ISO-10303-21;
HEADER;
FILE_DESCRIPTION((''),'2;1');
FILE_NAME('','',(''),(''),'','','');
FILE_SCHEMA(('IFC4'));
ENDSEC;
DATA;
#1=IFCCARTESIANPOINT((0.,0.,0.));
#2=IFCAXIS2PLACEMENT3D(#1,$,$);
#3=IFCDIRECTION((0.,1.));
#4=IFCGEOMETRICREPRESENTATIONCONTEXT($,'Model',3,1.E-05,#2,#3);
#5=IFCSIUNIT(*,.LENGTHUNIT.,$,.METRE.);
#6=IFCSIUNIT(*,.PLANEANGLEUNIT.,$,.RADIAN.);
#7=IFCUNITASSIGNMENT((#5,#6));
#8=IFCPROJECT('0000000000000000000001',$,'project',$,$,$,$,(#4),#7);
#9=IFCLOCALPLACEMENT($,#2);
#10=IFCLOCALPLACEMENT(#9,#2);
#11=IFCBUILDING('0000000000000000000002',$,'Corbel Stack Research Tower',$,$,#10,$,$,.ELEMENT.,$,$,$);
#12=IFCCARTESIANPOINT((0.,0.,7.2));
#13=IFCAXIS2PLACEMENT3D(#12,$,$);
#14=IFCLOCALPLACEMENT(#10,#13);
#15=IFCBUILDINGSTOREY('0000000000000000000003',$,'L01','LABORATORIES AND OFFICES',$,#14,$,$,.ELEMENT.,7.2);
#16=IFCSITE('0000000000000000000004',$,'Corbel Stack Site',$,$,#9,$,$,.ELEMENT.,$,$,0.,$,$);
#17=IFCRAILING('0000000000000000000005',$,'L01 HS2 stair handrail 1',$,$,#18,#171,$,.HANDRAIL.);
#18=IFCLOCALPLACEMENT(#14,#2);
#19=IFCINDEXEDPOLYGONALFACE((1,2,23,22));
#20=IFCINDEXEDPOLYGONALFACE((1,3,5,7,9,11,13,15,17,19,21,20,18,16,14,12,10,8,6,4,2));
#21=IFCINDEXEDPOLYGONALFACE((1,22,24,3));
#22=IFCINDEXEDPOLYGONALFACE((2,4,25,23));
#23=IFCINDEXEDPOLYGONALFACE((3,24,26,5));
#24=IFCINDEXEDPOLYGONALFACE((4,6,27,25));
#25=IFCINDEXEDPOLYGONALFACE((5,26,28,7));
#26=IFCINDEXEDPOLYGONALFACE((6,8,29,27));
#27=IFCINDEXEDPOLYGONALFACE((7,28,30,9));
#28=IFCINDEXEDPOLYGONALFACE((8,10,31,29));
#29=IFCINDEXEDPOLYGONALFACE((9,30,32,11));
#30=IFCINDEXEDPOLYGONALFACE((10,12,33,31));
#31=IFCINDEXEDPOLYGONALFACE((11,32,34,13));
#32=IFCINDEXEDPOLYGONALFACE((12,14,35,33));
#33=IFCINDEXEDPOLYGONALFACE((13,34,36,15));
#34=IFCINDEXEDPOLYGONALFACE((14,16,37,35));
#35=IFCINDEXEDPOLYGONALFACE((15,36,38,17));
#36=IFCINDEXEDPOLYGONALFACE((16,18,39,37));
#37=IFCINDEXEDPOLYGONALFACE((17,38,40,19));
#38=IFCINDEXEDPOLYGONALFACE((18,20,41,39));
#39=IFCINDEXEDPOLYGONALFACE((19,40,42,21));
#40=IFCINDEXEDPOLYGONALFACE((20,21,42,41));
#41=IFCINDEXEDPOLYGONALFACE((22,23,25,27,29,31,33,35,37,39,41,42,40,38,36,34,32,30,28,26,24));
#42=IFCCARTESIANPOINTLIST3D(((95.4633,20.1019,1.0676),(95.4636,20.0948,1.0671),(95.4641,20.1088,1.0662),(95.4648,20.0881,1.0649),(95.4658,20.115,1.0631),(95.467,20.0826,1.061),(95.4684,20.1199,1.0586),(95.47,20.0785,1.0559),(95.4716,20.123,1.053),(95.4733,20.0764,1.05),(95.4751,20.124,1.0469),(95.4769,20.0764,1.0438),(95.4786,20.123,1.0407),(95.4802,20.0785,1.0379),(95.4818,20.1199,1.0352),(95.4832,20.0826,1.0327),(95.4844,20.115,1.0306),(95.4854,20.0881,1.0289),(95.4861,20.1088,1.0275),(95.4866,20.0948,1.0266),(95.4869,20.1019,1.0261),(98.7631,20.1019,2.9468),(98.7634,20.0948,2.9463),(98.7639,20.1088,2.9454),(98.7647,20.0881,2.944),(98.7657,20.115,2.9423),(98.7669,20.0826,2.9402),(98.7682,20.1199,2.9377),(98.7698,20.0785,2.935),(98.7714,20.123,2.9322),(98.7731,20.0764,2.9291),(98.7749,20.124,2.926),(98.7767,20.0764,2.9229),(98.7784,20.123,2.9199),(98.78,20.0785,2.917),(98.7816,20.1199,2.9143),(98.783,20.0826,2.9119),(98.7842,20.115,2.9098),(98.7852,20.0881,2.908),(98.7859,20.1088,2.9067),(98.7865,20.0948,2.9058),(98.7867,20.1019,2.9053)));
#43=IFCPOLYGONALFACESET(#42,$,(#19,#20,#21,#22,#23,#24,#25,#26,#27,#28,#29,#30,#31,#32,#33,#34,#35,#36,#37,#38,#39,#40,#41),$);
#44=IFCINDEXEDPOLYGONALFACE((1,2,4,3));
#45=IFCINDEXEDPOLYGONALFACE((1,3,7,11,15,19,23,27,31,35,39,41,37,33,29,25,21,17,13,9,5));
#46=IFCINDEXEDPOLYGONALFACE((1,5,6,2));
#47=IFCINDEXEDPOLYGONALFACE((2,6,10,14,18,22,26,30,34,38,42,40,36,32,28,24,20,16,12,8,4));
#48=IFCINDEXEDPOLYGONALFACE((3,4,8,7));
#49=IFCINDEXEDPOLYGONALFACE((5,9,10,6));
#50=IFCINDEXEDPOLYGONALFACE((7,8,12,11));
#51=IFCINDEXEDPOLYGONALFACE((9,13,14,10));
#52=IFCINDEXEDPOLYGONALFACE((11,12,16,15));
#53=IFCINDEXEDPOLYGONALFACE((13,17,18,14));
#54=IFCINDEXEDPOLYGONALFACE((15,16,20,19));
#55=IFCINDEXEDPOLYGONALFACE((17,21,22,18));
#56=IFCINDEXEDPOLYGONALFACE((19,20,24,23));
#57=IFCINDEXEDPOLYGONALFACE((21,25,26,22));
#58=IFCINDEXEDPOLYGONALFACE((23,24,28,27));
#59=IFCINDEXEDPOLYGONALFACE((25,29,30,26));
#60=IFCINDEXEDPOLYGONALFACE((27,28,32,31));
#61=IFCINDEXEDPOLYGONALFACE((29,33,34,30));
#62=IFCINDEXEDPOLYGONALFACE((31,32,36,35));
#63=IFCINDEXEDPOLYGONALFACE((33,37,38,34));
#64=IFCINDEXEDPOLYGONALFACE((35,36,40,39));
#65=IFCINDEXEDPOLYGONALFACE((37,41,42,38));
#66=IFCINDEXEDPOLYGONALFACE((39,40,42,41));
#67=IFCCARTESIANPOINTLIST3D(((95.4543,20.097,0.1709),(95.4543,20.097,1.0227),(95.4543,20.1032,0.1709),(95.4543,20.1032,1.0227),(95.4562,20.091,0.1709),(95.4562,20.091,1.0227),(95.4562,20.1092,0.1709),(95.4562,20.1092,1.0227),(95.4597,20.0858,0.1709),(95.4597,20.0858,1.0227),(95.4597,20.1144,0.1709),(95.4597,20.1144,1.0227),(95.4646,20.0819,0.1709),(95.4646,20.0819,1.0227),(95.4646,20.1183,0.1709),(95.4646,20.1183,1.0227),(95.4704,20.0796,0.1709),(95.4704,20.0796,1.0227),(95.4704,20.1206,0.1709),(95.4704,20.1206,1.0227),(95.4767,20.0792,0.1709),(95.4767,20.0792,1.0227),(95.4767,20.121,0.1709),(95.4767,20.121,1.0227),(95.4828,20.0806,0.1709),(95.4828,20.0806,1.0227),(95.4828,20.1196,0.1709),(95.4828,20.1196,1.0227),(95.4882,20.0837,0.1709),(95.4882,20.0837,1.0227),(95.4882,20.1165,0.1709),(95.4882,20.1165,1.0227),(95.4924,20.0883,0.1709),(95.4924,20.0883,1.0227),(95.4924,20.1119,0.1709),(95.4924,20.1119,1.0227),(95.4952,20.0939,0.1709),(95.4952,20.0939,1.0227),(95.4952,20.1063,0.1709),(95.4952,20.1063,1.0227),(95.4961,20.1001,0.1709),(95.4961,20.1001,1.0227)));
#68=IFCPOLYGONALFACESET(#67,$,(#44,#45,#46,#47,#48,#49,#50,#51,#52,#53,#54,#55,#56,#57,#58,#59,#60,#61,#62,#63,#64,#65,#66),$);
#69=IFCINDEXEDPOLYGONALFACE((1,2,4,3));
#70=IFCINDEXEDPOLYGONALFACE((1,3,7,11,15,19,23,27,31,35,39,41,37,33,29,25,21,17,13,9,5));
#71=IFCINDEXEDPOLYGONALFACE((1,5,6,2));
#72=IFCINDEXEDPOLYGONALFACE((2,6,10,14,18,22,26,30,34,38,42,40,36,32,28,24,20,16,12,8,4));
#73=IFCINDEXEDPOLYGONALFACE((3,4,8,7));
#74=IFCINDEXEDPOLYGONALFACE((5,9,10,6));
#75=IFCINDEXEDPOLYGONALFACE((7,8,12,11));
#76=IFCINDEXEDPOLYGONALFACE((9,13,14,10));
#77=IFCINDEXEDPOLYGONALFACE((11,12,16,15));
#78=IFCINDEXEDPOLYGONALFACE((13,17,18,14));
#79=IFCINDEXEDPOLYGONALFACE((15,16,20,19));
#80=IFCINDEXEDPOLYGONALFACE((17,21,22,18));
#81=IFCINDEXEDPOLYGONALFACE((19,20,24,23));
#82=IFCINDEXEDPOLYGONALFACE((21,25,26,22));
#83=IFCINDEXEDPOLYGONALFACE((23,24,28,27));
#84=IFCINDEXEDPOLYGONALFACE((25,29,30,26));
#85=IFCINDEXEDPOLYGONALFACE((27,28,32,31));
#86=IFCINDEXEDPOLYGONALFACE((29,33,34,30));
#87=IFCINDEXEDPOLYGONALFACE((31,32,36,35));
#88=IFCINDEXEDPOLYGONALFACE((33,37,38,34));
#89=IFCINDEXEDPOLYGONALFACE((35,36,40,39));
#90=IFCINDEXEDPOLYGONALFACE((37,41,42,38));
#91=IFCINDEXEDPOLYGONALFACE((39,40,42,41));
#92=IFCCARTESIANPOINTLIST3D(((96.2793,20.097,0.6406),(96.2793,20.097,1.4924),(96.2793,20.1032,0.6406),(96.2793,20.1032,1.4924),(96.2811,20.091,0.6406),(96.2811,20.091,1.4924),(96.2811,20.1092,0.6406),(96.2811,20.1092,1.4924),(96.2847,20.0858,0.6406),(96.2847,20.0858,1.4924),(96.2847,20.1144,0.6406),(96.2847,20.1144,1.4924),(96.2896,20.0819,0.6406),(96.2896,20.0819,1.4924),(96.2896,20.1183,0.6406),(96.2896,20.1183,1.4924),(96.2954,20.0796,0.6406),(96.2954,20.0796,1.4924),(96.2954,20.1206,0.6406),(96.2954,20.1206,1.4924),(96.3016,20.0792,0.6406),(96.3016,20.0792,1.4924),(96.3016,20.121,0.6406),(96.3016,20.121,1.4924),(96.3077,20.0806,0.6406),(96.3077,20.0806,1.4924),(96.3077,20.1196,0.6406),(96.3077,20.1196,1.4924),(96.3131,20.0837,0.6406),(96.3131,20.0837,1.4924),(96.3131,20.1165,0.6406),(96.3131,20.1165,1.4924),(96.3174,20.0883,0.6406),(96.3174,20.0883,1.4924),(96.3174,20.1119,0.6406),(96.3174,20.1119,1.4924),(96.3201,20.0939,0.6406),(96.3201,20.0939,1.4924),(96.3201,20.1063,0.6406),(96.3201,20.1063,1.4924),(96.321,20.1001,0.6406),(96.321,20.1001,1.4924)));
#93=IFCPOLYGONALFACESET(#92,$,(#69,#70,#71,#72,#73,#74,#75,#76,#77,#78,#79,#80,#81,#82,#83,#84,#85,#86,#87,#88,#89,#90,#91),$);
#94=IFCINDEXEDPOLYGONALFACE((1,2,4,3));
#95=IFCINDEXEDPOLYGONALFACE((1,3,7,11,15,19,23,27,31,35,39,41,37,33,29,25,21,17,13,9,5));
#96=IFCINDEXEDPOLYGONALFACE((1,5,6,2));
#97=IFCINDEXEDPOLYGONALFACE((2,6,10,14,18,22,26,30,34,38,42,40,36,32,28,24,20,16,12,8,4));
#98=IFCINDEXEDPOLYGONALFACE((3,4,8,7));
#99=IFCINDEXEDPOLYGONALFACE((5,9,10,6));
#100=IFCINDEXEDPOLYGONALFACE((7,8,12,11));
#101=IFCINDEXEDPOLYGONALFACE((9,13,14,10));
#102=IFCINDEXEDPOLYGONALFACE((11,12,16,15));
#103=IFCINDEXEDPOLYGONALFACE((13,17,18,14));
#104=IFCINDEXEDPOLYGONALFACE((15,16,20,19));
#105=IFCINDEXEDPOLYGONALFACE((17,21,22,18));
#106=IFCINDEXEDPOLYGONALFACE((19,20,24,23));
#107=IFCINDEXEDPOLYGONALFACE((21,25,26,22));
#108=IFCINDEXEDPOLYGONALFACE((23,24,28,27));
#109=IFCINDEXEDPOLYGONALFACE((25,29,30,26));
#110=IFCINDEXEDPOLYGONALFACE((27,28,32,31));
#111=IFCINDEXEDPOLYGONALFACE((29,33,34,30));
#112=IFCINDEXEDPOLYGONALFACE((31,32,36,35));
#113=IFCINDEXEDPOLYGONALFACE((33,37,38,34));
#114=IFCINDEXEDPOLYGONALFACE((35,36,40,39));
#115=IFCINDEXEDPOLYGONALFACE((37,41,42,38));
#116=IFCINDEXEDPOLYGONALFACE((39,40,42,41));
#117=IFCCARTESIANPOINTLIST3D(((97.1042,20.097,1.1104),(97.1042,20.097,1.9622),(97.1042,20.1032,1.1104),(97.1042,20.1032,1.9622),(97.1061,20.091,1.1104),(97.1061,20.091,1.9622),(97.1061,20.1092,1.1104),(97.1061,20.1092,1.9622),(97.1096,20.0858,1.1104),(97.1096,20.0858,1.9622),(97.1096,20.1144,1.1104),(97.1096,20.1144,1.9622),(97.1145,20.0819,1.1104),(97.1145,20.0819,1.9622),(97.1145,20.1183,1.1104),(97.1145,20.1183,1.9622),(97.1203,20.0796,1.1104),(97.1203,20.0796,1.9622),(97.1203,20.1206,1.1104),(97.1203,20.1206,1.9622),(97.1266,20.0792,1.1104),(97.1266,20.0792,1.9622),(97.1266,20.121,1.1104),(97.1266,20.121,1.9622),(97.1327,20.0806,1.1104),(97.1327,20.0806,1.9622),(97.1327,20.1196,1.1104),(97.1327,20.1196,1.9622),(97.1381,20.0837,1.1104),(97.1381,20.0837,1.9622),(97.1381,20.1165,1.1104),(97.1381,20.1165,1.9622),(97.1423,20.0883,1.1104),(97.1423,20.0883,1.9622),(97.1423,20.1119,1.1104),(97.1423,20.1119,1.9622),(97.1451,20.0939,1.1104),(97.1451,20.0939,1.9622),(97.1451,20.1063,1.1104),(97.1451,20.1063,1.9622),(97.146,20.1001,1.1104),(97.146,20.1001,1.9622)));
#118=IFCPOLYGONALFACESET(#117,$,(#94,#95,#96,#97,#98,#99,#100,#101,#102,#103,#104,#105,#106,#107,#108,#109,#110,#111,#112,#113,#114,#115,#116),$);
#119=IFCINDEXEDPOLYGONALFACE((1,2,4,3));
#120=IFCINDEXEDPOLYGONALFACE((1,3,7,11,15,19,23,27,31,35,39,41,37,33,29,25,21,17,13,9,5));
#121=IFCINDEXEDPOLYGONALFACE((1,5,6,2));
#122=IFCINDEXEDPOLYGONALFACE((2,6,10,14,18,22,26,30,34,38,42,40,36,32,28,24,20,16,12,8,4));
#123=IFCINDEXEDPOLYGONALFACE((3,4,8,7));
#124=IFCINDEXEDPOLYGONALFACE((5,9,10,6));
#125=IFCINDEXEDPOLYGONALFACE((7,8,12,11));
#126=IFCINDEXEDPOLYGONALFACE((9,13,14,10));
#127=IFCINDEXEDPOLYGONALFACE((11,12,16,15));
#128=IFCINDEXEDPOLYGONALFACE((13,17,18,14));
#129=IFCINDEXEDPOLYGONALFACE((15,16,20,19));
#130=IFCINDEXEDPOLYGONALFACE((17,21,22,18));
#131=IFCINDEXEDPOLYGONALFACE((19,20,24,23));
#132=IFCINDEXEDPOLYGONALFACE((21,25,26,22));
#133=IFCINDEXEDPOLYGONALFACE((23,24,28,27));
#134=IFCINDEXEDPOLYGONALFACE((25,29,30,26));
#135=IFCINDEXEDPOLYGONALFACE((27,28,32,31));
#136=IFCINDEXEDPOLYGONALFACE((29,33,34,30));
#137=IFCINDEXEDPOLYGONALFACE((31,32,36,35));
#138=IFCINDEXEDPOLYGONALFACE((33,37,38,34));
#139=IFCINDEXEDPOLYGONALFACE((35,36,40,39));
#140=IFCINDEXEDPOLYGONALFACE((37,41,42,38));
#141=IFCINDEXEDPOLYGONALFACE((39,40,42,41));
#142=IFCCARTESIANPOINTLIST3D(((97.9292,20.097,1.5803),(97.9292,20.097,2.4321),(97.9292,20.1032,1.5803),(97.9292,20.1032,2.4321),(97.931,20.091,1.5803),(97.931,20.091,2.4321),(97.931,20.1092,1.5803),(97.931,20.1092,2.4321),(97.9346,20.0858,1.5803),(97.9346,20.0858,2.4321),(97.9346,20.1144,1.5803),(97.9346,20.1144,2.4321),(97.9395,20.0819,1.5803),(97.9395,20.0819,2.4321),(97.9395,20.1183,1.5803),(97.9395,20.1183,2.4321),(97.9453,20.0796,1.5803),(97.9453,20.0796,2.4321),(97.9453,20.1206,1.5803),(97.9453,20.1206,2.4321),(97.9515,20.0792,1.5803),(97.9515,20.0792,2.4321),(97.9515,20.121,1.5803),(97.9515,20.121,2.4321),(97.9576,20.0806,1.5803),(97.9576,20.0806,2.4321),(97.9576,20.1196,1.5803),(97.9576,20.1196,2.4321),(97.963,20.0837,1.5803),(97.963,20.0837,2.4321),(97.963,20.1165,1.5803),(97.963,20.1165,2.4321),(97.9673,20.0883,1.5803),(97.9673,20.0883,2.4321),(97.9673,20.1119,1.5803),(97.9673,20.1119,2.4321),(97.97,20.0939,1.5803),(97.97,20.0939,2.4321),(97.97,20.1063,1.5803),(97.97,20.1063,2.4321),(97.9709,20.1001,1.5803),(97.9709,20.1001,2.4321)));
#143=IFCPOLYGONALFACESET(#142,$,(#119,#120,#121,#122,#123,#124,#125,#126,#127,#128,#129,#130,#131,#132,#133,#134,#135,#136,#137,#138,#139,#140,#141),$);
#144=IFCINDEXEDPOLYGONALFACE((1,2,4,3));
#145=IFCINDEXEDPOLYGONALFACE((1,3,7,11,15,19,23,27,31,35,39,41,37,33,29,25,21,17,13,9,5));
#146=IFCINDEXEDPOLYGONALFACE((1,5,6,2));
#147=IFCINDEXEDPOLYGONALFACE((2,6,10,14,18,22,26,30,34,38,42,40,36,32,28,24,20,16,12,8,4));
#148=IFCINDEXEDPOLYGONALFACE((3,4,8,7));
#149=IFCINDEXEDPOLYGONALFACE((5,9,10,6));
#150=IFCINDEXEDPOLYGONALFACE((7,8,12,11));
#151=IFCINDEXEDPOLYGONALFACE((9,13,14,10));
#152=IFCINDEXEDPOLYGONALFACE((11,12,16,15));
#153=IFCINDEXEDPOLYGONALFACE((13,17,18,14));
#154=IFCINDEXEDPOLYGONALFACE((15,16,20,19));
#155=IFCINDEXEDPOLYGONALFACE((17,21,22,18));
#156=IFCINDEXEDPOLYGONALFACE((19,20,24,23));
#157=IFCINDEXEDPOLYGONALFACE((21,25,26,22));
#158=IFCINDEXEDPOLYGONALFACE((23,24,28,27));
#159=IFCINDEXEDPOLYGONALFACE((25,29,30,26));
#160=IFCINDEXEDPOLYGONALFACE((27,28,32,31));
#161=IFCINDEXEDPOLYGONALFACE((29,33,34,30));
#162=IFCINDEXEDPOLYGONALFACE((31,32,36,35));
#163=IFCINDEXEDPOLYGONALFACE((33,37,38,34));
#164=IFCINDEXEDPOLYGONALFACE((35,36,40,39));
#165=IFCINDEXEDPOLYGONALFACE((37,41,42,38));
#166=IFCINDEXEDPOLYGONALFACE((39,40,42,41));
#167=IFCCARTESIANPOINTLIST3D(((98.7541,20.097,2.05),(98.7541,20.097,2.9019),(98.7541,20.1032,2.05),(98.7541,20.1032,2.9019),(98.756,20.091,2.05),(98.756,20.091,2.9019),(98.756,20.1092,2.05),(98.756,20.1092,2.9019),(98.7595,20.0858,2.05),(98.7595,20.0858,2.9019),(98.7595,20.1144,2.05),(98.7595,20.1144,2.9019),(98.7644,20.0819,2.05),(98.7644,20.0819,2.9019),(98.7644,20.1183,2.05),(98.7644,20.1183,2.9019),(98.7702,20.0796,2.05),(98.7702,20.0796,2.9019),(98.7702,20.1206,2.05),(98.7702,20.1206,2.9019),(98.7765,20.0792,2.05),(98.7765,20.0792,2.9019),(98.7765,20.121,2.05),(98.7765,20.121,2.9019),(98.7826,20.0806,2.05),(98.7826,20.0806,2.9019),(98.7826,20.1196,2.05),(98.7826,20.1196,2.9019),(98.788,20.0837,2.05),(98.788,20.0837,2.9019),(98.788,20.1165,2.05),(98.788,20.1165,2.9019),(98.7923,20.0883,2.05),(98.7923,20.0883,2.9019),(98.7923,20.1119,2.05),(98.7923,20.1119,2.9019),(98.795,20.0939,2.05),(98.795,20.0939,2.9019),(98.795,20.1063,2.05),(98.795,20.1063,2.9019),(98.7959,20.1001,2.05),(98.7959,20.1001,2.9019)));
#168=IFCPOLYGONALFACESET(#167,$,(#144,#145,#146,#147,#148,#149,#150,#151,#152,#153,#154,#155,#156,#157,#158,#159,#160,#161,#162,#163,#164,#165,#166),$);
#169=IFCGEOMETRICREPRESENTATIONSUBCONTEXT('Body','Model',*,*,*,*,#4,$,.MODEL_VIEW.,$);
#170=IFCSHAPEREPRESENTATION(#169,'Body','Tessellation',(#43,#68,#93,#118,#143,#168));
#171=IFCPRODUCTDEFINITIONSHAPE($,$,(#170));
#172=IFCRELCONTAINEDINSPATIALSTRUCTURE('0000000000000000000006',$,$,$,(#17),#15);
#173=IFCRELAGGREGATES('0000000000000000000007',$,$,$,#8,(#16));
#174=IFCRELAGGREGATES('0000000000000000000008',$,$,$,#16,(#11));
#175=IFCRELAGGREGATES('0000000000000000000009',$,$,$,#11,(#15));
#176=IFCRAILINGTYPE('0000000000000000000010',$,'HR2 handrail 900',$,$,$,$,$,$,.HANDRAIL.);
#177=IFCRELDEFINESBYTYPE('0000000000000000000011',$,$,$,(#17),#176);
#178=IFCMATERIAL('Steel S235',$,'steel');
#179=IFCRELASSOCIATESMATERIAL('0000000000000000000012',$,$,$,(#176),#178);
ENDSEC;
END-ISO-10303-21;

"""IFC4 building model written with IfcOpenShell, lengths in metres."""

from ifc_helpers import new_model, si_unit, direction, frame, origin, origin_2d, place, context, subcontext, project, spatial, circle, extrude, material, type_object, element, save


model = new_model("IFC4")

# Units and contexts
model_context = context("Model", 3, precision=1e-05, world=origin(), true_north=direction((0.0, 1.0)))
body_context = subcontext(model_context, "Body", "Model", "MODEL_VIEW")
ifc_project = project(units=[si_unit("LENGTHUNIT", "METRE"), si_unit("PLANEANGLEUNIT", "RADIAN")], contexts=[model_context])

# Site, building, storey
site_placement = place(None, origin())
site = spatial("IfcSite", under=ifc_project, at=site_placement, Name="Corbel Stack Site", CompositionType="ELEMENT", RefElevation=0.0)
building_placement = place(site_placement, origin())
building = spatial("IfcBuilding", under=site, at=building_placement, Name="Corbel Stack Research Tower", CompositionType="ELEMENT")
storey_placement = place(building_placement, frame((0.0, 0.0, 7.2)))
storey = spatial("IfcBuildingStorey", under=building, at=storey_placement, Name="L01", Description="LABORATORIES AND OFFICES", CompositionType="ELEMENT", Elevation=7.2)

# Railing
ifc_material_1 = material(Name="Steel S235", Category="steel")
railing_type_1 = type_object("IfcRailingType", Name="HR2 handrail 900", PredefinedType="HANDRAIL", material=ifc_material_1)
railing_1_placement = place(storey_placement, frame((95.4751, 20.1001, 0.1709)))
element("IfcRailing", 1, at=railing_1_placement, inside=storey, type_object=railing_type_1, Name="L01 HS2 stair handrail 1", PredefinedType="HANDRAIL", context=body_context, shape_type="SweptSolid", body=[
    extrude(circle(Radius=0.0239, at=origin_2d()), frame((0.0, 0.0, 0.876), z_axis=(0.868974, 0.0, 0.494857), x_axis=(0.0, 1.0, 0.0)), (0.0, 0.0, 1.0), 3.7974),
    extrude(circle(Radius=0.021, at=origin_2d()), origin(), (0.0, 0.0, 1.0), 0.8518),
    extrude(circle(Radius=0.021, at=origin_2d()), frame((0.825, 0.0, 0.4697)), (0.0, 0.0, 1.0), 0.8518),
    extrude(circle(Radius=0.021, at=origin_2d()), frame((1.6499, 0.0, 0.9395)), (0.0, 0.0, 1.0), 0.8518),
    extrude(circle(Radius=0.021, at=origin_2d()), frame((2.4749, 0.0, 1.4094)), (0.0, 0.0, 1.0), 0.8518),
    extrude(circle(Radius=0.021, at=origin_2d()), frame((3.2998, 0.0, 1.8792)), (0.0, 0.0, 1.0), 0.8518),
])

save(model, "model.ifc")
